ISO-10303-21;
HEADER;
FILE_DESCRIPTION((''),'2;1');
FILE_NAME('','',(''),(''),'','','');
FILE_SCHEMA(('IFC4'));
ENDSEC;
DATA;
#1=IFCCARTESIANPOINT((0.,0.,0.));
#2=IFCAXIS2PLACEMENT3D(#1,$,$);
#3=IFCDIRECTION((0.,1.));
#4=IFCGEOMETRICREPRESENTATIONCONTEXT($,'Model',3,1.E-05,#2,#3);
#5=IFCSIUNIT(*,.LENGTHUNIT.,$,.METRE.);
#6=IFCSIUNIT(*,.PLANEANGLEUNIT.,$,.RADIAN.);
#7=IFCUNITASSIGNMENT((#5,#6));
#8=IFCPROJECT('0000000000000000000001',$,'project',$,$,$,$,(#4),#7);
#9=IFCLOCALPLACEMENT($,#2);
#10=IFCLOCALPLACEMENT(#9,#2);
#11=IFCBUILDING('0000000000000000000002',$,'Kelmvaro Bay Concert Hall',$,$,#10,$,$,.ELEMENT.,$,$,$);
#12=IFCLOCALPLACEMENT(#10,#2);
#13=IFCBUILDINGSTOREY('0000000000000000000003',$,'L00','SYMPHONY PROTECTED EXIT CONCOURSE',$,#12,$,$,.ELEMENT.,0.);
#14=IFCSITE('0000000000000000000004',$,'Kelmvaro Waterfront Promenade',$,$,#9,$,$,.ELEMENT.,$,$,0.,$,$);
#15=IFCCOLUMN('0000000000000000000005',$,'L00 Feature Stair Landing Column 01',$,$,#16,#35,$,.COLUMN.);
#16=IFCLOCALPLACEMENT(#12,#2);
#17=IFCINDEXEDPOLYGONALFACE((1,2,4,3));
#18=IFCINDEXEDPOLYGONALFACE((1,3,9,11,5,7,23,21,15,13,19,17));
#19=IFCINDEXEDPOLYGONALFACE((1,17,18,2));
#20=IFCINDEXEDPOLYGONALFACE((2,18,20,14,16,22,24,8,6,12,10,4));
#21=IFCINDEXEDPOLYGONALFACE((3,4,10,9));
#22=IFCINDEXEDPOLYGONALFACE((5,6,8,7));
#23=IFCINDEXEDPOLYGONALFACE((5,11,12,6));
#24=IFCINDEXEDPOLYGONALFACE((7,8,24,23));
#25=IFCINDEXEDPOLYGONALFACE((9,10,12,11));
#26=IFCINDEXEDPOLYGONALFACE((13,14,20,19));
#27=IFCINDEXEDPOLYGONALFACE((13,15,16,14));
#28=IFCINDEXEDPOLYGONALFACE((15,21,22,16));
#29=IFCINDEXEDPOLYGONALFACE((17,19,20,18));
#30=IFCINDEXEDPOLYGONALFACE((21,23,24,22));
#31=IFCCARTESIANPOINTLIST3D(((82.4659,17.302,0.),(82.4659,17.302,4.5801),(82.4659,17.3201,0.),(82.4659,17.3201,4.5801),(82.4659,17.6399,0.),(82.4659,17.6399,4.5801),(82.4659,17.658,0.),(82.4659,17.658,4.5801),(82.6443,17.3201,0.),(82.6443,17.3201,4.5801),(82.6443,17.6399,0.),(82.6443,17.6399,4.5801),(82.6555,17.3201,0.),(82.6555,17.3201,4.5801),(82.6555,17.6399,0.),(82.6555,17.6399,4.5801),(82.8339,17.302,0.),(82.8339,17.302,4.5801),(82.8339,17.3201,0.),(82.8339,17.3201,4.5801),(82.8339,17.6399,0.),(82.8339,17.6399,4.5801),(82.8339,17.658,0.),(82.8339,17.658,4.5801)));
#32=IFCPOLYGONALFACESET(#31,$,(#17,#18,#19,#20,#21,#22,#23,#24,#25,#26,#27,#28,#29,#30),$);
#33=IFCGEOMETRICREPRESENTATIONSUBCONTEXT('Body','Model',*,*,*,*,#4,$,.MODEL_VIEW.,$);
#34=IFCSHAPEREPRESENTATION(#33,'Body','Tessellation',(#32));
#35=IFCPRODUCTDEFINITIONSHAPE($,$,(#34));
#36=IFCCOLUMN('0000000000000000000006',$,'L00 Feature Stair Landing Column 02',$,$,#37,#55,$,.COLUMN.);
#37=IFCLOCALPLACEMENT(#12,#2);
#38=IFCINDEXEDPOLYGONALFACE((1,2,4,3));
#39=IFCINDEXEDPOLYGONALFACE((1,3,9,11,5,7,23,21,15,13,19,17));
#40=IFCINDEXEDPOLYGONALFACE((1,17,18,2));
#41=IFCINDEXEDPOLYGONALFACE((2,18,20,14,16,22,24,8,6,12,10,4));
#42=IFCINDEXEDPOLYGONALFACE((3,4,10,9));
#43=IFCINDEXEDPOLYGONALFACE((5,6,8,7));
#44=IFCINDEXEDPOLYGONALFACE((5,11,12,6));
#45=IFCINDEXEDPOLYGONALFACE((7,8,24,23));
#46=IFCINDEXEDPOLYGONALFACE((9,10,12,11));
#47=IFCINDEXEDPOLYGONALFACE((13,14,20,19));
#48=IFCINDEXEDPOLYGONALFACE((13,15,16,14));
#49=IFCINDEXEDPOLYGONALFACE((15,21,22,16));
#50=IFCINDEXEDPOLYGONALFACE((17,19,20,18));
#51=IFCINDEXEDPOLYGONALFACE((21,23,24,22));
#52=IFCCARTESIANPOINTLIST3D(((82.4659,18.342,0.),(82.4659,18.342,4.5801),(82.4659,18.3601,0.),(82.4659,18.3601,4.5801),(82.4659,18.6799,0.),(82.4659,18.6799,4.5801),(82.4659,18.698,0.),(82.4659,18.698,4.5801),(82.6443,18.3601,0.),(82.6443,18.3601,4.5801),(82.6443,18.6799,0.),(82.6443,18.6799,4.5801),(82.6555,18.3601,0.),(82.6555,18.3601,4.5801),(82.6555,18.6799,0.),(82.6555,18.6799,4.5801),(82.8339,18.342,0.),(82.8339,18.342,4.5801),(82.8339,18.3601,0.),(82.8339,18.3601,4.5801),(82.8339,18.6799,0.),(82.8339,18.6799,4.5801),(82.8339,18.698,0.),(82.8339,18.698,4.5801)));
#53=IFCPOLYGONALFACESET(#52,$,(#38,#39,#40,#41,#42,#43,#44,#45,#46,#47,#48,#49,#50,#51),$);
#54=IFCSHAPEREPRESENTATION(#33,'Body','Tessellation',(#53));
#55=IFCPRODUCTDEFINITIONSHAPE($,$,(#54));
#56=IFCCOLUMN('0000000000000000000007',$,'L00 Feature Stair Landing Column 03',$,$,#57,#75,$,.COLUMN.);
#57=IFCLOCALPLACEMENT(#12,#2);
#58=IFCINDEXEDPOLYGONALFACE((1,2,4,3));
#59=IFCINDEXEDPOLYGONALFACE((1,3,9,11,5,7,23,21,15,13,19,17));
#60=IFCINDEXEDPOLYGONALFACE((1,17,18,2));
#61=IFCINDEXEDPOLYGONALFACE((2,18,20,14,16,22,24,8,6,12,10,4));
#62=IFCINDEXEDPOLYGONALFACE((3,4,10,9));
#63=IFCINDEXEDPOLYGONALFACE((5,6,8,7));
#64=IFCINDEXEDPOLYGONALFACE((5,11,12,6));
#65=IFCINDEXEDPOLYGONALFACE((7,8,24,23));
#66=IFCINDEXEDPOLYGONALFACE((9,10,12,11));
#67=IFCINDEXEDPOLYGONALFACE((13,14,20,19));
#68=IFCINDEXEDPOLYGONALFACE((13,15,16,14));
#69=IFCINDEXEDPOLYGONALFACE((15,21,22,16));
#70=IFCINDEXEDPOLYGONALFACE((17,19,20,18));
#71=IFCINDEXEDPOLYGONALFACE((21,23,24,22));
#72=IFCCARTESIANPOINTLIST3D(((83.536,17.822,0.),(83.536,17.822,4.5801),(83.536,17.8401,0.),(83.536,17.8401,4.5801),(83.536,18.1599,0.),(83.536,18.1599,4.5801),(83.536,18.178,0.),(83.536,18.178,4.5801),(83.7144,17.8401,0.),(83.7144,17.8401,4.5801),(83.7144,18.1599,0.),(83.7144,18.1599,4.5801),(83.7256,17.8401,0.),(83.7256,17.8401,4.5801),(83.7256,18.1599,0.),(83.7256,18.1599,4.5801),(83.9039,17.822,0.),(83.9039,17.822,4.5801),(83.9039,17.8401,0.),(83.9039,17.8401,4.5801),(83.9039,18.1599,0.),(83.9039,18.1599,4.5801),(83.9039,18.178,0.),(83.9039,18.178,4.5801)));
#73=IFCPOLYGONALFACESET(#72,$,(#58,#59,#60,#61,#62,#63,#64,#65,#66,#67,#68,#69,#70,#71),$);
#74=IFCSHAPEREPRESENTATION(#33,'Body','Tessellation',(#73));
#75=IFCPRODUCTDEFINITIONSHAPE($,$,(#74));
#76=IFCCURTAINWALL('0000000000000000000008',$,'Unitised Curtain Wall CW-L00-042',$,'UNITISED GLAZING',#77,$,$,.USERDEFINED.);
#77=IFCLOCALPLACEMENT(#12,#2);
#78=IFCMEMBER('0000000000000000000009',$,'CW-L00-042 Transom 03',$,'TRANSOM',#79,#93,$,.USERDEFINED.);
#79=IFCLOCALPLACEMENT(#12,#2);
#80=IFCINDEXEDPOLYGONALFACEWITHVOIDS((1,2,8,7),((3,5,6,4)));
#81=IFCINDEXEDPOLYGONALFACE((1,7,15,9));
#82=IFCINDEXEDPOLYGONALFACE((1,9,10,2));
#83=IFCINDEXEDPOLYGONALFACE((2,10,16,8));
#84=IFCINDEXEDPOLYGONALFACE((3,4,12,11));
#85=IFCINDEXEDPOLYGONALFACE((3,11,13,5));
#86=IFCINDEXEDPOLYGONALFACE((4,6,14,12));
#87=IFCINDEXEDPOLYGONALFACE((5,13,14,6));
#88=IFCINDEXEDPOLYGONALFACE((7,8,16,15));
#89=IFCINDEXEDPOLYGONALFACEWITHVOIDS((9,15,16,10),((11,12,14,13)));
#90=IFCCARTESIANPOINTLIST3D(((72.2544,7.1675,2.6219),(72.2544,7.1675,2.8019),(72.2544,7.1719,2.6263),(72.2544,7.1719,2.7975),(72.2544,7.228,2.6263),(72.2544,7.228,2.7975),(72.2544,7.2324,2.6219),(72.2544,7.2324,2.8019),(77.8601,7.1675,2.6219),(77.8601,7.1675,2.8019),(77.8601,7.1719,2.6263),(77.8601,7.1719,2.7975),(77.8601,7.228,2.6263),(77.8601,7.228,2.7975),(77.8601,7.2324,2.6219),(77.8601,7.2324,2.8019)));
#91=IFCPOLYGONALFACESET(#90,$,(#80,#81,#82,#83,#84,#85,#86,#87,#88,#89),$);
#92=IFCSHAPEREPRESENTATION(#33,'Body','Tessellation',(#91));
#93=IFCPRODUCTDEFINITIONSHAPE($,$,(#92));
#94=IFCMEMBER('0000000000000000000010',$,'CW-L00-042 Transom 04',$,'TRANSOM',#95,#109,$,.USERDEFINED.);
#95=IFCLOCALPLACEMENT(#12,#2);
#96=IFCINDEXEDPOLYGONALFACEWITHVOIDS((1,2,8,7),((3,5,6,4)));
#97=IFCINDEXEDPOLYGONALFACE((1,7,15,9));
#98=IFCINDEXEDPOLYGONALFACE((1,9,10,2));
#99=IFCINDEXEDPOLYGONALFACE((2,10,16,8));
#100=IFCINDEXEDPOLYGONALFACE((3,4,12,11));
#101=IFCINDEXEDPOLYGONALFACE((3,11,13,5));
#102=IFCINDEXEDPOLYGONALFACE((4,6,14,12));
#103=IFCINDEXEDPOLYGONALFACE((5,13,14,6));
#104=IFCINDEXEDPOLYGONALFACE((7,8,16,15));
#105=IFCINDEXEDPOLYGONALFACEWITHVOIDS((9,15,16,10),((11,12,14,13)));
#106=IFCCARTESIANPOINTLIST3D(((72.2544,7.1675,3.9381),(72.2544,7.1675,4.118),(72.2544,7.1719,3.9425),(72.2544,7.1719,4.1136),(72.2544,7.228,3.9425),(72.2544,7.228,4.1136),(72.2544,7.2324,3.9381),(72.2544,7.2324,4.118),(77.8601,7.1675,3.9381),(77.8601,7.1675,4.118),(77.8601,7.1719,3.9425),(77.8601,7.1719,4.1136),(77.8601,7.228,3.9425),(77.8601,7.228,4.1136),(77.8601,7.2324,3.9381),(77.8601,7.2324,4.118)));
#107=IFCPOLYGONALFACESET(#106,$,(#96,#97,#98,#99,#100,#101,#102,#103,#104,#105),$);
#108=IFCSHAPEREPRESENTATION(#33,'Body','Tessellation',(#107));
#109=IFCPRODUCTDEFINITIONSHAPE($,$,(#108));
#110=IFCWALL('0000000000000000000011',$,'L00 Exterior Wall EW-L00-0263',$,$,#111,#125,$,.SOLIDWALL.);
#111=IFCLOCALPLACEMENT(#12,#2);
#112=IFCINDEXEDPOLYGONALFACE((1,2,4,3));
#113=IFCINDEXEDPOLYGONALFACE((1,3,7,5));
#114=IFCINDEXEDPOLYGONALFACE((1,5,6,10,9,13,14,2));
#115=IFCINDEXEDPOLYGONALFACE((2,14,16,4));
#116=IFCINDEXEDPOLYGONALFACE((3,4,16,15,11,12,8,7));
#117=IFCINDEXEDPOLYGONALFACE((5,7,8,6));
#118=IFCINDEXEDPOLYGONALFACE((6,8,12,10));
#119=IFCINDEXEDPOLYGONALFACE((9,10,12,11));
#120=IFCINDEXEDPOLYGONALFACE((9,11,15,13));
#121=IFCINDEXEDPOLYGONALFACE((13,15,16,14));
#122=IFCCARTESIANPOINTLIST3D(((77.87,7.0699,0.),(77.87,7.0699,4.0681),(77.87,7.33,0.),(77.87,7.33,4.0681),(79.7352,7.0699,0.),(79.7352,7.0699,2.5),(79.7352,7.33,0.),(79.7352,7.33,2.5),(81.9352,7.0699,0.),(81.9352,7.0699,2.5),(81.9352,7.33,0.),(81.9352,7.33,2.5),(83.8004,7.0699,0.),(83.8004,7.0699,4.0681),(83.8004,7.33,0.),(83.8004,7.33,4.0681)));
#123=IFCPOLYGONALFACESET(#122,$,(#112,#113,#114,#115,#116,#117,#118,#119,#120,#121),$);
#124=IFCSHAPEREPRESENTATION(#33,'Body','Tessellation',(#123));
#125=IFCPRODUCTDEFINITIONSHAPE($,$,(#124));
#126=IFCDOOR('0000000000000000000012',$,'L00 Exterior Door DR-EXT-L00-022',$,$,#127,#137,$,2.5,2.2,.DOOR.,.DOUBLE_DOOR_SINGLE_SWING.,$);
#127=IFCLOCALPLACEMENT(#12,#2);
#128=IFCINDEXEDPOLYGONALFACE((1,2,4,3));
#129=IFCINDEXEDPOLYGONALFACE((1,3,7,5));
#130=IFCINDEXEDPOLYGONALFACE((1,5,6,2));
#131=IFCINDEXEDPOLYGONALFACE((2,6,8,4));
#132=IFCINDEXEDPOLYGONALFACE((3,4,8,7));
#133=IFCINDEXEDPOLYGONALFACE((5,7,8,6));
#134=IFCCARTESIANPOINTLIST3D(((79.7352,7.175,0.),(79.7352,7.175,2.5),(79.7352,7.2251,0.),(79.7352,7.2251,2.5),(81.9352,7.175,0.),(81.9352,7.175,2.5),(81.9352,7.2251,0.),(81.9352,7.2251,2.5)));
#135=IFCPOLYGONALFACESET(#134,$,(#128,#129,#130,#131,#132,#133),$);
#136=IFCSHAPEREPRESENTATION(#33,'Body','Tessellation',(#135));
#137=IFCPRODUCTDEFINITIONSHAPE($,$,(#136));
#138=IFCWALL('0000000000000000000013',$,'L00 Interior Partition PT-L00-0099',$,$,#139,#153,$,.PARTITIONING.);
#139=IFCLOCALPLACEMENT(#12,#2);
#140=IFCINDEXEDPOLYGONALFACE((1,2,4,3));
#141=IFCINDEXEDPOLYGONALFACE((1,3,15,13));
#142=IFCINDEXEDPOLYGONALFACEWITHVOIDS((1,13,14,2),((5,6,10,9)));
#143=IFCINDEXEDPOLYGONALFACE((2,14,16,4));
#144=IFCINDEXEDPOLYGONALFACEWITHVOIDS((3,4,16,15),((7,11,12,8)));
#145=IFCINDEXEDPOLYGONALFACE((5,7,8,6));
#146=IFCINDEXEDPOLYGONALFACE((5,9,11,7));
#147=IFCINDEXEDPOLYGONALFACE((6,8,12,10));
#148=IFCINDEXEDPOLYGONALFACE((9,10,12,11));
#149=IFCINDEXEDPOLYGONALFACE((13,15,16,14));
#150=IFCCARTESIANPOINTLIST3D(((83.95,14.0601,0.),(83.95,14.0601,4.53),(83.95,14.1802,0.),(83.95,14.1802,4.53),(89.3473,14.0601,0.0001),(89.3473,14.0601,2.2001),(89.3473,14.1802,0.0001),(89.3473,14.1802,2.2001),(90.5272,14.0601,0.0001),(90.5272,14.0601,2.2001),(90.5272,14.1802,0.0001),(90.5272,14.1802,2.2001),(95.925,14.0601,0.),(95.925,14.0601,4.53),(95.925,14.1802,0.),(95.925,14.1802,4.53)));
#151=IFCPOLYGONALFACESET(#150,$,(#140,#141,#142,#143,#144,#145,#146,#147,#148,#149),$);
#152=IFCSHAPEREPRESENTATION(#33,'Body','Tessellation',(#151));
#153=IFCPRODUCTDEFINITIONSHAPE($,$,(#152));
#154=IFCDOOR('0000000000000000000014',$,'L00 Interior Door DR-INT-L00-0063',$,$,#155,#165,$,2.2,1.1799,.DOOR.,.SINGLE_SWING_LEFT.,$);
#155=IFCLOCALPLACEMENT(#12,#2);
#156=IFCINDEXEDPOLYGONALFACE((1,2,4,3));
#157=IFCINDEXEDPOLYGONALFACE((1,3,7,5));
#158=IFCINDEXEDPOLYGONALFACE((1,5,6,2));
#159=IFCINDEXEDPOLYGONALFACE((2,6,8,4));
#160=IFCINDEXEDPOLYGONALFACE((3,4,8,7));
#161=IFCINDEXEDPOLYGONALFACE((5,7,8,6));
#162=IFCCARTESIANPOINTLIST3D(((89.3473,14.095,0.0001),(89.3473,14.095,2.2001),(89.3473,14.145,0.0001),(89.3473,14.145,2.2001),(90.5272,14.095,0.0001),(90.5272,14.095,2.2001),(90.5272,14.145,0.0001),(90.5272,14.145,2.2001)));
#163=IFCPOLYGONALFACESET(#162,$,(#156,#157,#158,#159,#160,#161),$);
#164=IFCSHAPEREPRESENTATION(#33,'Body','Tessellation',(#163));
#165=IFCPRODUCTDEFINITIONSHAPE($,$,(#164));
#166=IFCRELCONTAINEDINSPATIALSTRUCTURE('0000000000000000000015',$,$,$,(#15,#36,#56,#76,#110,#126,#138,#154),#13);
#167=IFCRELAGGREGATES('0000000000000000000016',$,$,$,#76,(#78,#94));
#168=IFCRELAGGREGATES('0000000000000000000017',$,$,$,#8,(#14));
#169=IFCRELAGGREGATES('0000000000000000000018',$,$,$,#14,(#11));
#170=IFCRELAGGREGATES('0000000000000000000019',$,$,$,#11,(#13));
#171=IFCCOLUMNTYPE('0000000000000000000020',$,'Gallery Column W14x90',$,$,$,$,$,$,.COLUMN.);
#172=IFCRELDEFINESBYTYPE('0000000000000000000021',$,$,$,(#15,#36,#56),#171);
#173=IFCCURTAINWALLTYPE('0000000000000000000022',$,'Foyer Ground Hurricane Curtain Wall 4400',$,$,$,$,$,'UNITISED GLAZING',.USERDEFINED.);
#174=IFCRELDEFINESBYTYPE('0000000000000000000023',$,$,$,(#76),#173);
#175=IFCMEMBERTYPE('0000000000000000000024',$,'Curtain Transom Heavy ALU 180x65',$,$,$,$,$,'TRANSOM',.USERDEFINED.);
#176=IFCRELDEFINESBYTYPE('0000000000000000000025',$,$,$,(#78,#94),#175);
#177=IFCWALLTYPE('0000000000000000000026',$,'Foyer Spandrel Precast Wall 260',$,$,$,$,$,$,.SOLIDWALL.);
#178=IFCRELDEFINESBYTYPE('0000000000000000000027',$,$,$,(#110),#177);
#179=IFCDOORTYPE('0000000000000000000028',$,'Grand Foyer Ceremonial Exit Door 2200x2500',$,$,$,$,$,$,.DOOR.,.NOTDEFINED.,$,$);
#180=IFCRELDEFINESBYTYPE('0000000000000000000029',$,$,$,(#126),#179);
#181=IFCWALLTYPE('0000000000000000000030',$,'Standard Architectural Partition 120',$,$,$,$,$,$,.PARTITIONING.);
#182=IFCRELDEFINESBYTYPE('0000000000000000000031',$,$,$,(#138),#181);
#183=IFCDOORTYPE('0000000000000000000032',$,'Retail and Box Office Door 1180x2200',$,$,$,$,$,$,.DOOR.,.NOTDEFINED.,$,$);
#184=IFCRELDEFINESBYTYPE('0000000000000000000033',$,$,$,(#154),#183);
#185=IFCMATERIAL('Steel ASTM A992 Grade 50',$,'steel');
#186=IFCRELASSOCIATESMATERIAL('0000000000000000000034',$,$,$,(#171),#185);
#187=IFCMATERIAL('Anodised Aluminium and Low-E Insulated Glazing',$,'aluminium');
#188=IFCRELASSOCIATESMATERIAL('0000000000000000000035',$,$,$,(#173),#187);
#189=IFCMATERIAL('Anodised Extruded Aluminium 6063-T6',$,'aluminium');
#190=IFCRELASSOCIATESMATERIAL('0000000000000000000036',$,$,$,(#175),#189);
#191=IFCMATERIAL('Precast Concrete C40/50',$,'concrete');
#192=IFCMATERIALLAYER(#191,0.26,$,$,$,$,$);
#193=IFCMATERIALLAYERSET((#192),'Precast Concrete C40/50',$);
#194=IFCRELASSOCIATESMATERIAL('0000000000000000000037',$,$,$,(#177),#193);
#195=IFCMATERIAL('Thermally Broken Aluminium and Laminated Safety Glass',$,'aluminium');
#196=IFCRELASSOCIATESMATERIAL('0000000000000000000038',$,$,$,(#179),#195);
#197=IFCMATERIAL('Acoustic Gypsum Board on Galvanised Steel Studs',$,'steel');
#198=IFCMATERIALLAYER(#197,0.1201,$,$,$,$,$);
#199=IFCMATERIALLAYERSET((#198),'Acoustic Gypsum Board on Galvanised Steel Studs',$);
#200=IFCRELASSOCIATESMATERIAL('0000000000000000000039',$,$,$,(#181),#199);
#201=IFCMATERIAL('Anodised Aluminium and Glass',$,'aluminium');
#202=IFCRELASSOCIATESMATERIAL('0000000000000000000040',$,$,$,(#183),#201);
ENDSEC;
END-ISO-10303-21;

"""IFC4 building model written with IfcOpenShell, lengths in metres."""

from ifc_helpers import new_model, si_unit, direction, frame, frame_2d, origin, origin_2d, place, context, subcontext, project, spatial, rectangle, hollow_rectangle, i_section, extrude, material, layer, layer_set, material_profile, profile_set, type_object, element, fill, aggregate, save


model = new_model("IFC4")

# Units and contexts
model_context = context("Model", 3, precision=1e-05, world=origin(), true_north=direction((0.0, 1.0)))
body_context = subcontext(model_context, "Body", "Model", "MODEL_VIEW")
ifc_project = project(units=[si_unit("LENGTHUNIT", "METRE"), si_unit("PLANEANGLEUNIT", "RADIAN")], contexts=[model_context])

# Site, building, storey
site_placement = place(None, origin())
site = spatial("IfcSite", under=ifc_project, at=site_placement, Name="Kelmvaro Waterfront Promenade", CompositionType="ELEMENT", RefElevation=0.0)
building_placement = place(site_placement, origin())
building = spatial("IfcBuilding", under=site, at=building_placement, Name="Kelmvaro Bay Concert Hall", CompositionType="ELEMENT")
storey_placement = place(building_placement, origin())
storey = spatial("IfcBuildingStorey", under=building, at=storey_placement, Name="L00", Description="SYMPHONY PROTECTED EXIT CONCOURSE", CompositionType="ELEMENT", Elevation=0.0)

# Columns
ifc_material_1 = material(Name="Steel ASTM A992 Grade 50", Category="steel")
ifc_material_profile_1 = material_profile(ifc_material_1, i_section(OverallWidth=0.3679, OverallDepth=0.356, WebThickness=0.0112, FlangeThickness=0.0181, at=origin_2d()), Name="W14X90")
ifc_profile_set_1 = profile_set([ifc_material_profile_1], Name="Steel ASTM A992 Grade 50")
column_type = type_object("IfcColumnType", Name="Gallery Column W14x90", PredefinedType="COLUMN", material=ifc_profile_set_1)
for number, where, z_axis, x_axis, name in (
    (1, (82.6499, 17.48, 0.0), (0.0, 0.0, 1.0), (1.0, 0.0, 0.0), "L00 Feature Stair Landing Column 01"),
    (2, (82.6499, 18.52, 0.0), (0.0, 0.0, 1.0), (1.0, 0.0, 0.0), "L00 Feature Stair Landing Column 02"),
    (3, (83.72, 18.0, 0.0), (0.0, 0.0, 1.0), (1.0, 0.0, 0.0), "L00 Feature Stair Landing Column 03"),
):
    element("IfcColumn", number, at=place(storey_placement, frame(where, z_axis=z_axis, x_axis=x_axis)), inside=storey, type_object=column_type, Name=name, PredefinedType="COLUMN", context=body_context, shape_type="SweptSolid", body=[
        extrude(i_section(OverallWidth=0.3679, OverallDepth=0.356, WebThickness=0.0112, FlangeThickness=0.0181, at=origin_2d()), origin(), (0.0, 0.0, 1.0), 4.5801),
    ])

# Curtain wall, members
ifc_material_2 = material(Name="Anodised Aluminium and Low-E Insulated Glazing", Category="aluminium")
curtain_wall_type = type_object("IfcCurtainWallType", Name="Foyer Ground Hurricane Curtain Wall 4400", ElementType="UNITISED GLAZING", PredefinedType="USERDEFINED", material=ifc_material_2)
curtain_wall_placement = place(storey_placement, origin())
curtain_wall = element("IfcCurtainWall", 4, at=curtain_wall_placement, inside=storey, type_object=curtain_wall_type, Name="Unitised Curtain Wall CW-L00-042", ObjectType="UNITISED GLAZING", PredefinedType="USERDEFINED")
ifc_material_3 = material(Name="Anodised Extruded Aluminium 6063-T6", Category="aluminium")
ifc_material_profile_2 = material_profile(ifc_material_3, hollow_rectangle(XDim=0.0649, YDim=0.1799, WallThickness=0.0044, at=origin_2d()), Name="ALU-TRN-180X65")
ifc_profile_set_2 = profile_set([ifc_material_profile_2], Name="Anodised Extruded Aluminium 6063-T6")
member_type = type_object("IfcMemberType", Name="Curtain Transom Heavy ALU 180x65", ElementType="TRANSOM", PredefinedType="USERDEFINED", material=ifc_profile_set_2)
member_1_placement = place(storey_placement, frame((77.8601, 7.2, 2.7119), z_axis=(-1.0, 0.0, 0.0), x_axis=(0.0, -1.0, 0.0)))
member_1 = element("IfcMember", 5, at=member_1_placement, type_object=member_type, Name="CW-L00-042 Transom 03", ObjectType="TRANSOM", PredefinedType="USERDEFINED", context=body_context, shape_type="SweptSolid", body=[
    extrude(hollow_rectangle(XDim=0.0649, YDim=0.1799, WallThickness=0.0044, at=origin_2d()), origin(), (0.0, 0.0, 1.0), 5.6057),
])
member_2_placement = place(storey_placement, frame((77.8601, 7.2, 4.0281), z_axis=(-1.0, 0.0, 0.0), x_axis=(0.0, -1.0, 0.0)))
member_2 = element("IfcMember", 6, at=member_2_placement, type_object=member_type, Name="CW-L00-042 Transom 04", ObjectType="TRANSOM", PredefinedType="USERDEFINED", context=body_context, shape_type="SweptSolid", body=[
    extrude(hollow_rectangle(XDim=0.0649, YDim=0.1799, WallThickness=0.0044, at=origin_2d()), origin(), (0.0, 0.0, 1.0), 5.6057),
])
aggregate(curtain_wall, [member_1, member_2])

# Walls, openings, doors
ifc_material_4 = material(Name="Precast Concrete C40/50", Category="concrete")
ifc_layer_1 = layer(ifc_material_4, 0.26)
ifc_layer_set_1 = layer_set([ifc_layer_1], Name="Precast Concrete C40/50")
wall_type_1 = type_object("IfcWallType", Name="Foyer Spandrel Precast Wall 260", PredefinedType="SOLIDWALL", material=ifc_layer_set_1)
wall_1_placement = place(storey_placement, frame((83.8005, 7.2, 0.0), z_axis=(0.0, 0.0, 1.0), x_axis=(-1.0, 0.0, 0.0)))
wall_1 = element("IfcWall", 7, at=wall_1_placement, inside=storey, type_object=wall_type_1, Name="L00 Exterior Wall EW-L00-0263", PredefinedType="SOLIDWALL", context=body_context, shape_type="SweptSolid", body=[
    extrude(rectangle(XDim=5.9304, YDim=0.26, at=frame_2d((2.9653, 0.0))), origin(), (0.0, 0.0, 1.0), 4.0681),
])
opening_1_placement = place(wall_1_placement, frame((1.8652, 0.0, 0.0)))
opening_1 = element("IfcOpeningElement", 8, at=opening_1_placement, cuts=wall_1, PredefinedType="OPENING", context=body_context, shape_type="SweptSolid", body=[
    extrude(rectangle(XDim=2.2, YDim=2.5, at=frame_2d((1.1001, 1.25))), frame((0.0, 0.1399, 0.0), z_axis=(0.0, -1.0, 0.0), x_axis=(1.0, 0.0, 0.0)), (0.0, 0.0, 1.0), 0.28),
])
ifc_material_5 = material(Name="Thermally Broken Aluminium and Laminated Safety Glass", Category="aluminium")
door_type_1 = type_object("IfcDoorType", Name="Grand Foyer Ceremonial Exit Door 2200x2500", OperationType="NOTDEFINED", PredefinedType="DOOR", material=ifc_material_5)
door_1_placement = place(opening_1_placement, origin())
door_1 = element("IfcDoor", 9, at=door_1_placement, inside=storey, type_object=door_type_1, Name="L00 Exterior Door DR-EXT-L00-022", OperationType="DOUBLE_DOOR_SINGLE_SWING", OverallHeight=2.5, OverallWidth=2.2, PredefinedType="DOOR", context=body_context, shape_type="SweptSolid", body=[
    extrude(rectangle(XDim=2.2, YDim=2.5, at=frame_2d((1.1001, 1.25))), frame((0.0, 0.0249, 0.0), z_axis=(0.0, -1.0, 0.0), x_axis=(1.0, 0.0, 0.0)), (0.0, 0.0, 1.0), 0.05),
])
fill(opening_1, door_1)
ifc_material_6 = material(Name="Acoustic Gypsum Board on Galvanised Steel Studs", Category="steel")
ifc_layer_2 = layer(ifc_material_6, 0.1201)
ifc_layer_set_2 = layer_set([ifc_layer_2], Name="Acoustic Gypsum Board on Galvanised Steel Studs")
wall_type_2 = type_object("IfcWallType", Name="Standard Architectural Partition 120", PredefinedType="PARTITIONING", material=ifc_layer_set_2)
wall_2_placement = place(storey_placement, frame((83.95, 14.1201, 0.0), z_axis=(0.0, 0.0, 1.0), x_axis=(1.0, 0.0, 0.0)))
wall_2 = element("IfcWall", 10, at=wall_2_placement, inside=storey, type_object=wall_type_2, Name="L00 Interior Partition PT-L00-0099", PredefinedType="PARTITIONING", context=body_context, shape_type="SweptSolid", body=[
    extrude(rectangle(XDim=11.9751, YDim=0.1201, at=frame_2d((5.9875, 0.0))), origin(), (0.0, 0.0, 1.0), 4.53),
])
opening_2_placement = place(wall_2_placement, frame((5.3975, 0.0, 0.0)))
opening_2 = element("IfcOpeningElement", 11, at=opening_2_placement, cuts=wall_2, PredefinedType="OPENING", context=body_context, shape_type="SweptSolid", body=[
    extrude(rectangle(XDim=1.1799, YDim=2.2, at=frame_2d((0.5898, 1.1001))), frame((0.0, 0.0701, 0.0), z_axis=(0.0, -1.0, 0.0), x_axis=(1.0, 0.0, 0.0)), (0.0, 0.0, 1.0), 0.1401),
])
ifc_material_7 = material(Name="Anodised Aluminium and Glass", Category="aluminium")
door_type_2 = type_object("IfcDoorType", Name="Retail and Box Office Door 1180x2200", OperationType="NOTDEFINED", PredefinedType="DOOR", material=ifc_material_7)
door_2_placement = place(opening_2_placement, origin())
door_2 = element("IfcDoor", 12, at=door_2_placement, inside=storey, type_object=door_type_2, Name="L00 Interior Door DR-INT-L00-0063", OperationType="SINGLE_SWING_LEFT", OverallHeight=2.2, OverallWidth=1.1799, PredefinedType="DOOR", context=body_context, shape_type="SweptSolid", body=[
    extrude(rectangle(XDim=1.1799, YDim=2.2, at=frame_2d((0.5898, 1.1001))), frame((0.0, 0.0249, 0.0), z_axis=(0.0, -1.0, 0.0), x_axis=(1.0, 0.0, 0.0)), (0.0, 0.0, 1.0), 0.05),
])
fill(opening_2, door_2)

save(model, "model.ifc")
